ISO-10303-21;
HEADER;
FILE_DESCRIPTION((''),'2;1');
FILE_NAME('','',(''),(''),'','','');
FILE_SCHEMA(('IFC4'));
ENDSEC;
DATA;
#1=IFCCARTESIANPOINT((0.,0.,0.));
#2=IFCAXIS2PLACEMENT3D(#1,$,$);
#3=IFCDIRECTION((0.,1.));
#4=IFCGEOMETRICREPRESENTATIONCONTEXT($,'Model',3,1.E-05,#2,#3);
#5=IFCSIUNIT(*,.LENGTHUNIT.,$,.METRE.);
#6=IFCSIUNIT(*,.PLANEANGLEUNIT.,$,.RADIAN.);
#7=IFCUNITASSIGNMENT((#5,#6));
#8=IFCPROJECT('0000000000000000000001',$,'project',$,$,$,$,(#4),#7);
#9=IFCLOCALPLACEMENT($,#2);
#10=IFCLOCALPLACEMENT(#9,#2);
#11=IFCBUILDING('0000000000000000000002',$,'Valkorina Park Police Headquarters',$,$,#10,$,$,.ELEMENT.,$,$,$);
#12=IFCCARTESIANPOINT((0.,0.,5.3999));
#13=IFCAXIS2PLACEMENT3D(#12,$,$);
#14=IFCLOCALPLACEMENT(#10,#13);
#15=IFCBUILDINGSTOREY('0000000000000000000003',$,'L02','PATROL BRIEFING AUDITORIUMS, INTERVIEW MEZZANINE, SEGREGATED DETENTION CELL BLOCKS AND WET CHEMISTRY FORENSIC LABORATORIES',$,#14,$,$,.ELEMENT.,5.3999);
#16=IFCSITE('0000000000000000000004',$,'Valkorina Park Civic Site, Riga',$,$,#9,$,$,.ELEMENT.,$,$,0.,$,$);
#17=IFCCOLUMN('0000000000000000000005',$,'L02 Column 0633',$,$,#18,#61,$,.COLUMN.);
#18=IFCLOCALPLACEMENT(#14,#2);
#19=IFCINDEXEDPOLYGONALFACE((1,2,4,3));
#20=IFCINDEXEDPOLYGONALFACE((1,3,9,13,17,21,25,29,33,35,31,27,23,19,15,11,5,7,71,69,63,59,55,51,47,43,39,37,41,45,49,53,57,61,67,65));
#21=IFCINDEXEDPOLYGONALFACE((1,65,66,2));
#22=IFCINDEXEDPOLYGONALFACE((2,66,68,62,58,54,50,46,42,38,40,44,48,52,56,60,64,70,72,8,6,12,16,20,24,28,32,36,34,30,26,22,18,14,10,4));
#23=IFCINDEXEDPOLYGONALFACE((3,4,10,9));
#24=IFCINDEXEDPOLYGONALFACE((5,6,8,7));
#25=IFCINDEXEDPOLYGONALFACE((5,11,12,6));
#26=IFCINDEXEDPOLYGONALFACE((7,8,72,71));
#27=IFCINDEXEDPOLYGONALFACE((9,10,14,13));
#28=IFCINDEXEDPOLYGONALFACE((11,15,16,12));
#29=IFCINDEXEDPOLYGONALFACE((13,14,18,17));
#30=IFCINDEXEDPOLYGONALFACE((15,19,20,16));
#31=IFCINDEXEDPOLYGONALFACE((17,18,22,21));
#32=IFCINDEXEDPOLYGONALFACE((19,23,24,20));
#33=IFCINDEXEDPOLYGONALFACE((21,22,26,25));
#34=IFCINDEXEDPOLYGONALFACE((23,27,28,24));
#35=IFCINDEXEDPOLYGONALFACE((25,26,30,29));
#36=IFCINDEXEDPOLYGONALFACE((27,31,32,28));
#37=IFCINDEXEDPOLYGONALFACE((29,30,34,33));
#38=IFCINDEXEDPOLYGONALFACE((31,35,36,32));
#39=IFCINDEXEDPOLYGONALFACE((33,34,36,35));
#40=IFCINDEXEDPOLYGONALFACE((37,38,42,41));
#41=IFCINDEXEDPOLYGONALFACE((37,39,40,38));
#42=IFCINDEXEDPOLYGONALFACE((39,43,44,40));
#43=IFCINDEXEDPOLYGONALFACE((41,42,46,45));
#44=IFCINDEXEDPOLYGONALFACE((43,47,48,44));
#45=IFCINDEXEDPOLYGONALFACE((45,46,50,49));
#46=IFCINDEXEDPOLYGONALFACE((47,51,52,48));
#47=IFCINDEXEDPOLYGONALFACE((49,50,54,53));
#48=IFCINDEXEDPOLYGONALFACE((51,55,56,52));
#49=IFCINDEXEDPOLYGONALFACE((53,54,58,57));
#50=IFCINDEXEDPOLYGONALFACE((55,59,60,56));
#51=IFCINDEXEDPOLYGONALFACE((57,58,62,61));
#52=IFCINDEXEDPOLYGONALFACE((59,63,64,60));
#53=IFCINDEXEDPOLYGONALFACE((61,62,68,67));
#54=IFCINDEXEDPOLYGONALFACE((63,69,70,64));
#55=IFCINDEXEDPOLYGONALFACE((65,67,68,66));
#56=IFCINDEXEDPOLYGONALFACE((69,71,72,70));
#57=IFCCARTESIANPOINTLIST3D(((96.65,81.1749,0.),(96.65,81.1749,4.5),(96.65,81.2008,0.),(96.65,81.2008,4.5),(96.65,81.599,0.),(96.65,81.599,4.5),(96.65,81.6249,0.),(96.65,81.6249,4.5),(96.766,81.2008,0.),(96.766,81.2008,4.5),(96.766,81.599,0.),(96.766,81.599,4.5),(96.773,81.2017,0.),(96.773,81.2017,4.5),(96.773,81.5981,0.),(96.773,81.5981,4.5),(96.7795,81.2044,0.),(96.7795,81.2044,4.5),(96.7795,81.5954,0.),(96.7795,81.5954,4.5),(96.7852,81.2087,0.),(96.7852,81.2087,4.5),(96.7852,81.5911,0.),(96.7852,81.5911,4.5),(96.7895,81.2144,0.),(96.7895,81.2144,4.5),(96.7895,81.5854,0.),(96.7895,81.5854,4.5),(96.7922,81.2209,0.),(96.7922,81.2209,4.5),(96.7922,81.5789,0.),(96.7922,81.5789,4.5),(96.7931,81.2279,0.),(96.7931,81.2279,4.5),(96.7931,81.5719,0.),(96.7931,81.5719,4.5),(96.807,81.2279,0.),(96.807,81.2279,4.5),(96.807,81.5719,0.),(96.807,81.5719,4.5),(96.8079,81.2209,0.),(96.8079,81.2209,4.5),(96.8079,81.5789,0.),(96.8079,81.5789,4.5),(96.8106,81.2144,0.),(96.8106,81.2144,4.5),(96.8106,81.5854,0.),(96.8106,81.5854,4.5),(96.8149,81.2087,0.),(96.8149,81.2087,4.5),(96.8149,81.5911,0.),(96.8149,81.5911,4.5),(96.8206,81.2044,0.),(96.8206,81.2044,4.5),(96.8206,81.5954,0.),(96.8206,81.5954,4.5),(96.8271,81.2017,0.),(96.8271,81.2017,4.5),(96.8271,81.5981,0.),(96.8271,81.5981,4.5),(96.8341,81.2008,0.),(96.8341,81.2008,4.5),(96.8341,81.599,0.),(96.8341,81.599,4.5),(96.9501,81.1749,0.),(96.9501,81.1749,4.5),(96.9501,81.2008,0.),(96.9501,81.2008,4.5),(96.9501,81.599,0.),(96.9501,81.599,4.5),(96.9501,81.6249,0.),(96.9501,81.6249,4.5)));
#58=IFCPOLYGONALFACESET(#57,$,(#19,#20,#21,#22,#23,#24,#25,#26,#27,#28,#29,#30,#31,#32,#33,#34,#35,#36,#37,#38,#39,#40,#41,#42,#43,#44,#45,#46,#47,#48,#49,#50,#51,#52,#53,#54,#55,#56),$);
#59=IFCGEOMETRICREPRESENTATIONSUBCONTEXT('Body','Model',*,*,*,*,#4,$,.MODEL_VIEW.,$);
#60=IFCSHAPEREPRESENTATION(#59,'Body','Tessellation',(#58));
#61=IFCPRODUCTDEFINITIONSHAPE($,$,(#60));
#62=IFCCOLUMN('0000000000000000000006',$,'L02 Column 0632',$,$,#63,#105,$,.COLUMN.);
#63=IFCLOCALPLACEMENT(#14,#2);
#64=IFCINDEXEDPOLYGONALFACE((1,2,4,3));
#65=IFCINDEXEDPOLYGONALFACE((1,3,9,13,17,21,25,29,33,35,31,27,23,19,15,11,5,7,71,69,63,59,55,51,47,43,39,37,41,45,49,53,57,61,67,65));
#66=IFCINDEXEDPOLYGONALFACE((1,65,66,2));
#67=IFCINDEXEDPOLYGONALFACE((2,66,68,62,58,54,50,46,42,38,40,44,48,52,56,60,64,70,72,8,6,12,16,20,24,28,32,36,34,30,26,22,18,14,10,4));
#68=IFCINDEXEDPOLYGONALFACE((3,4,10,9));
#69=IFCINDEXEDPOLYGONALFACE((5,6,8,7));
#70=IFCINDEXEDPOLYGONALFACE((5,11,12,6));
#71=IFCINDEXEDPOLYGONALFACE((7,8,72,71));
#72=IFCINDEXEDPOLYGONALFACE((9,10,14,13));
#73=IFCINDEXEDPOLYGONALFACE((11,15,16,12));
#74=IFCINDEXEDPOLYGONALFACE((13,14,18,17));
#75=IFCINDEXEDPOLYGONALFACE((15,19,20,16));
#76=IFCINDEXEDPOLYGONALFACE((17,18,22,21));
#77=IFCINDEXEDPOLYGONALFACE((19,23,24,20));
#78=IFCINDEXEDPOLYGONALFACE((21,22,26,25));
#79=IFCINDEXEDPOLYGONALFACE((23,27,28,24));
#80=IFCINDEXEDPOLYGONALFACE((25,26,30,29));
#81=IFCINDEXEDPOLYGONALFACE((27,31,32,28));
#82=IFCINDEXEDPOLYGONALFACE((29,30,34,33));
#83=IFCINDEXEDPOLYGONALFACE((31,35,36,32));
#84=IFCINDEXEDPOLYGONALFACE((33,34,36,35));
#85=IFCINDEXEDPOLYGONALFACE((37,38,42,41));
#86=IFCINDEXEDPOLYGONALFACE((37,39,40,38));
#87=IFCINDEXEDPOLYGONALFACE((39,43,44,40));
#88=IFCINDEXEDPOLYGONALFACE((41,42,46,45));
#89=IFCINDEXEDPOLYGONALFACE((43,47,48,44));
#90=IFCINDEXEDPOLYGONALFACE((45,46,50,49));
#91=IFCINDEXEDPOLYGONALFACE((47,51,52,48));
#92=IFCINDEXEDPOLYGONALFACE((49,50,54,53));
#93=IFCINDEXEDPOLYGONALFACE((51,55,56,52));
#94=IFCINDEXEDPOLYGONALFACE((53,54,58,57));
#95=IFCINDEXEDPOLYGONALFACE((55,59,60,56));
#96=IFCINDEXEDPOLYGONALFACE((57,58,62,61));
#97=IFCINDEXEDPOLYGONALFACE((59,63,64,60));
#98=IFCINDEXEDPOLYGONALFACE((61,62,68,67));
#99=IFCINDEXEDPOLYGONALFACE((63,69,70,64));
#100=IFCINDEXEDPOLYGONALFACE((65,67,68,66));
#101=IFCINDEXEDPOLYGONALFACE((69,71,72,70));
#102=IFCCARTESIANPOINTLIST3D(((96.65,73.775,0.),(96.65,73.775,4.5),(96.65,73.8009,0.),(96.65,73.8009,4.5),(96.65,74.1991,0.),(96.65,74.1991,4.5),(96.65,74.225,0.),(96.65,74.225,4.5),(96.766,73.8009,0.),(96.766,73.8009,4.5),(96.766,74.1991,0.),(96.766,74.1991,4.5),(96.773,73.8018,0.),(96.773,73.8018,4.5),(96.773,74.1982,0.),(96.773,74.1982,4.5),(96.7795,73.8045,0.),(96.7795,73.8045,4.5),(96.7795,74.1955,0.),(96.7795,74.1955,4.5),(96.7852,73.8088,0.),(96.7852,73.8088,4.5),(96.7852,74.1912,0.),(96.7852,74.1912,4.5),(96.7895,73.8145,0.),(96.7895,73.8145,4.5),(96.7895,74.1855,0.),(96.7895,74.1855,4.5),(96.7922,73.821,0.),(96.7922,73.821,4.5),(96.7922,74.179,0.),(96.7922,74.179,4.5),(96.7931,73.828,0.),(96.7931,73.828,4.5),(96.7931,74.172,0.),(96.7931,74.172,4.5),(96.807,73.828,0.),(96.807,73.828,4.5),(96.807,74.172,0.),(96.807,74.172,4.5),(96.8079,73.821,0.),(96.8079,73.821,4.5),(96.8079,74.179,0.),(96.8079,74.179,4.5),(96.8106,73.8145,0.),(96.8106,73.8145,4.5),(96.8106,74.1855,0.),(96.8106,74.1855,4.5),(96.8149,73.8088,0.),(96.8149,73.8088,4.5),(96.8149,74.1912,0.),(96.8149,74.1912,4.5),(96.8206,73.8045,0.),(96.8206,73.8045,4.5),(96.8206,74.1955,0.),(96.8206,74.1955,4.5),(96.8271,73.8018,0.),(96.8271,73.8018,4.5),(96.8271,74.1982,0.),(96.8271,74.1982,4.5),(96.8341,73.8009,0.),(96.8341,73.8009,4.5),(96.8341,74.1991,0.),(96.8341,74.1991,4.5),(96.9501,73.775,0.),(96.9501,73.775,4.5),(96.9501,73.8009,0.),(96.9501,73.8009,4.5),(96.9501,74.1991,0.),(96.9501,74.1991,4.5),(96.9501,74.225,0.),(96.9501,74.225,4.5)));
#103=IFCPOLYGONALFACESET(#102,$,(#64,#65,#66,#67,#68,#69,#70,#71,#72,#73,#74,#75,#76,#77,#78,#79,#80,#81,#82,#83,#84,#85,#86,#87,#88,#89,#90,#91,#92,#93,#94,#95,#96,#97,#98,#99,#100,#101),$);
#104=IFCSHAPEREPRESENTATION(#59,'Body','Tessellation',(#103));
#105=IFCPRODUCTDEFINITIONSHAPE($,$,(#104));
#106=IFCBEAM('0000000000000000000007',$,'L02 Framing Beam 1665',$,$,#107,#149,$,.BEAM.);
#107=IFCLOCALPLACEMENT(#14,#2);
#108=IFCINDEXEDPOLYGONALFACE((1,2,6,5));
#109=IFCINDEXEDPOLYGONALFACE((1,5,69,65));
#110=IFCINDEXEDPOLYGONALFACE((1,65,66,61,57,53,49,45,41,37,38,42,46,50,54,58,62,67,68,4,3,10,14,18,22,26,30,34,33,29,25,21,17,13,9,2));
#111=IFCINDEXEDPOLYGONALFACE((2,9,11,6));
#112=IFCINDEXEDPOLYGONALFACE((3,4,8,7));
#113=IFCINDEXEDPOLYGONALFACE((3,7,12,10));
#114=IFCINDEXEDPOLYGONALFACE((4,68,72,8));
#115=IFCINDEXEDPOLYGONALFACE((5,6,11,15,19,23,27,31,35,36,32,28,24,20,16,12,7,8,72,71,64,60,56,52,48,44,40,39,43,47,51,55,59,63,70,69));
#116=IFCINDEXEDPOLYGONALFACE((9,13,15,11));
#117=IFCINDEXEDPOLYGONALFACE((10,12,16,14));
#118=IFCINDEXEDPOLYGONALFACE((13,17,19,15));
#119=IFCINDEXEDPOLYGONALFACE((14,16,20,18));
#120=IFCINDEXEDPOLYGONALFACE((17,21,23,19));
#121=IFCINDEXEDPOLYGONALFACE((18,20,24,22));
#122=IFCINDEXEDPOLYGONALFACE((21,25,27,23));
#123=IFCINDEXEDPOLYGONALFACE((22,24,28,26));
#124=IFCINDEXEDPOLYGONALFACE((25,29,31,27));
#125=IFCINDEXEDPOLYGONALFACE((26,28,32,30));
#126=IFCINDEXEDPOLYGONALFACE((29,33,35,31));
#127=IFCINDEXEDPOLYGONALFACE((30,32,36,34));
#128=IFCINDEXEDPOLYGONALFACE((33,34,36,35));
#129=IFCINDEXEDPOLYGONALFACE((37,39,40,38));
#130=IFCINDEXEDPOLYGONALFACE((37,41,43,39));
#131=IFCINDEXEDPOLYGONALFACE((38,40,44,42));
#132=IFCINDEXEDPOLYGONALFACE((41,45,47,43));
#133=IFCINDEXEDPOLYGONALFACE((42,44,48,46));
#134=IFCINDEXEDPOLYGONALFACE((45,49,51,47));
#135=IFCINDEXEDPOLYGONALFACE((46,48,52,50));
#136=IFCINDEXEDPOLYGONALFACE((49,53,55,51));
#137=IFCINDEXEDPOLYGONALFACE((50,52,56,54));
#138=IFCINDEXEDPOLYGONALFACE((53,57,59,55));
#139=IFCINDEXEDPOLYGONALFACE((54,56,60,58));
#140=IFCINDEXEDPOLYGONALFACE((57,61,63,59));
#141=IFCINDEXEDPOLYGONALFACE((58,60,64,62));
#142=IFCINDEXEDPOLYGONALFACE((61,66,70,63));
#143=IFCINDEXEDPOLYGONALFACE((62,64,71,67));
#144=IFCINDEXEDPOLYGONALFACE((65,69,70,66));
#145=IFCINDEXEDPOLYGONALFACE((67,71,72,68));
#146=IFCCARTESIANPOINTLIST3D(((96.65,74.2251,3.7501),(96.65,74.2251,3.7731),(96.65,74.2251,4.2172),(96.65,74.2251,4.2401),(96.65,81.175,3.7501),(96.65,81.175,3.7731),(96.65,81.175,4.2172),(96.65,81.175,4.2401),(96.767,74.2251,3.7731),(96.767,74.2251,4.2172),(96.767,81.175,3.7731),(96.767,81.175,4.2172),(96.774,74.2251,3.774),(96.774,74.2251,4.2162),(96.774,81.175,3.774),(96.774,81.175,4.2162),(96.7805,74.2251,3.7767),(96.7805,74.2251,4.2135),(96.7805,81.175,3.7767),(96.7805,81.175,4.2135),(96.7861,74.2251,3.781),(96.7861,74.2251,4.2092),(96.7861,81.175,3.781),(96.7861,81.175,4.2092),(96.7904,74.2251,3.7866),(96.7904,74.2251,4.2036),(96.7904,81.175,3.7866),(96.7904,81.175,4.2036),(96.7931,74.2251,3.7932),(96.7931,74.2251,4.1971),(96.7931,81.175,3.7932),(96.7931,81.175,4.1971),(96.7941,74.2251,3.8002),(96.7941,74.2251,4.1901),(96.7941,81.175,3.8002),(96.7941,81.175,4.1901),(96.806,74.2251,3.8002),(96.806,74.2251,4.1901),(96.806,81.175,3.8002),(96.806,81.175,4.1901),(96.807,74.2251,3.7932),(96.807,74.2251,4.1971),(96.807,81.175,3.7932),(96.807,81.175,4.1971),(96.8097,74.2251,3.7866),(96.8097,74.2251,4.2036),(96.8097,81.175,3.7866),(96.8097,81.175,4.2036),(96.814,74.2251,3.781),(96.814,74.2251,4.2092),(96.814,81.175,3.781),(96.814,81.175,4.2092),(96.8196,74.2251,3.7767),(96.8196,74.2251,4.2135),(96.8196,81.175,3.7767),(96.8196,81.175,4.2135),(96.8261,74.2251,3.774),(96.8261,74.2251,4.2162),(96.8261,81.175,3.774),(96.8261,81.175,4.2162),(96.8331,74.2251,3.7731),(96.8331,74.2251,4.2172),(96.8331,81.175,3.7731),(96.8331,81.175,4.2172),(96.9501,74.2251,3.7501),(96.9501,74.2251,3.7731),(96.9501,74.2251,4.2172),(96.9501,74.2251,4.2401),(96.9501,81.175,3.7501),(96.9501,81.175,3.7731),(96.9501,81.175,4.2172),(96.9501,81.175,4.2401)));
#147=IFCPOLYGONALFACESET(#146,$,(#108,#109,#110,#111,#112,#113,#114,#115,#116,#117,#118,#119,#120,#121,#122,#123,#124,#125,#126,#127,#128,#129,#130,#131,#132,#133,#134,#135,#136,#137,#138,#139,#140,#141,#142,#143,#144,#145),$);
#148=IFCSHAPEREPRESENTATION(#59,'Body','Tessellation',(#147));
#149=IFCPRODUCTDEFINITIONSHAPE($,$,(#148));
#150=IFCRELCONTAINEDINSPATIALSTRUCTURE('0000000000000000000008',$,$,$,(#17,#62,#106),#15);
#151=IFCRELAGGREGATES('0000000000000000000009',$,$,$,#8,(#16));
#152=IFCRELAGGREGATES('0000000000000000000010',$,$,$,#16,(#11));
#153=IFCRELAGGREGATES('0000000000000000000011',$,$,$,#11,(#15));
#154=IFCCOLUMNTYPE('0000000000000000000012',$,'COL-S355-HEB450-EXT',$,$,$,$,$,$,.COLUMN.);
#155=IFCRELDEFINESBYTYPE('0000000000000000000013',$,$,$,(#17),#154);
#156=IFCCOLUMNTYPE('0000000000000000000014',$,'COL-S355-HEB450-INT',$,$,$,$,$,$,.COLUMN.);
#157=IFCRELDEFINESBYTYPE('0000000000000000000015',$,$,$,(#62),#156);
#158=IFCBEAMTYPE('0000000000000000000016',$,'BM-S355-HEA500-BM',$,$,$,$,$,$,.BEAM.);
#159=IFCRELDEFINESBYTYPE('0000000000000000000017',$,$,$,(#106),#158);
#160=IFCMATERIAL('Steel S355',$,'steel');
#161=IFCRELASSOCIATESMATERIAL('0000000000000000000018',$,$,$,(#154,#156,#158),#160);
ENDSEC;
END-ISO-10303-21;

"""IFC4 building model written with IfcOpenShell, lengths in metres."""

from ifc_helpers import new_model, si_unit, direction, frame, origin, origin_2d, place, context, subcontext, project, spatial, i_section, extrude, material, material_profile, profile_set, type_object, element, save


model = new_model("IFC4")

# Units and contexts
model_context = context("Model", 3, precision=1e-05, world=origin(), true_north=direction((0.0, 1.0)))
body_context = subcontext(model_context, "Body", "Model", "MODEL_VIEW")
ifc_project = project(units=[si_unit("LENGTHUNIT", "METRE"), si_unit("PLANEANGLEUNIT", "RADIAN")], contexts=[model_context])

# Site, building, storey
site_placement = place(None, origin())
site = spatial("IfcSite", under=ifc_project, at=site_placement, Name="Valkorina Park Civic Site, Riga", CompositionType="ELEMENT", RefElevation=0.0)
building_placement = place(site_placement, origin())
building = spatial("IfcBuilding", under=site, at=building_placement, Name="Valkorina Park Police Headquarters", CompositionType="ELEMENT")
storey_placement = place(building_placement, frame((0.0, 0.0, 5.3999)))
storey = spatial("IfcBuildingStorey", under=building, at=storey_placement, Name="L02", Description="PATROL BRIEFING AUDITORIUMS, INTERVIEW MEZZANINE, SEGREGATED DETENTION CELL BLOCKS AND WET CHEMISTRY FORENSIC LABORATORIES", CompositionType="ELEMENT", Elevation=5.3999)

# Columns
ifc_material_1 = material(Name="Steel S355", Category="steel")
ifc_material_profile_1 = material_profile(ifc_material_1, i_section(OverallWidth=0.3, OverallDepth=0.45, WebThickness=0.0139, FlangeThickness=0.0259, FilletRadius=0.0271, at=origin_2d()), Name="HEB 450")
ifc_profile_set_1 = profile_set([ifc_material_profile_1], Name="Steel S355")
column_type_1 = type_object("IfcColumnType", Name="COL-S355-HEB450-EXT", PredefinedType="COLUMN", material=ifc_profile_set_1)
column_1_placement = place(storey_placement, frame((96.8, 81.3999, 0.0), z_axis=(0.0, 0.0, 1.0), x_axis=(1.0, 0.0, 0.0)))
element("IfcColumn", 1, at=column_1_placement, inside=storey, type_object=column_type_1, Name="L02 Column 0633", PredefinedType="COLUMN", context=body_context, shape_type="SweptSolid", body=[
    extrude(i_section(OverallWidth=0.3, OverallDepth=0.45, WebThickness=0.0139, FlangeThickness=0.0259, FilletRadius=0.0271, at=origin_2d()), origin(), (0.0, 0.0, 1.0), 4.5),
])
ifc_material_profile_2 = material_profile(ifc_material_1, i_section(OverallWidth=0.3, OverallDepth=0.45, WebThickness=0.0139, FlangeThickness=0.0259, FilletRadius=0.0271, at=origin_2d()), Name="HEB 450")
ifc_profile_set_2 = profile_set([ifc_material_profile_2], Name="Steel S355")
column_type_2 = type_object("IfcColumnType", Name="COL-S355-HEB450-INT", PredefinedType="COLUMN", material=ifc_profile_set_2)
column_2_placement = place(storey_placement, frame((96.8, 74.0, 0.0), z_axis=(0.0, 0.0, 1.0), x_axis=(1.0, 0.0, 0.0)))
element("IfcColumn", 2, at=column_2_placement, inside=storey, type_object=column_type_2, Name="L02 Column 0632", PredefinedType="COLUMN", context=body_context, shape_type="SweptSolid", body=[
    extrude(i_section(OverallWidth=0.3, OverallDepth=0.45, WebThickness=0.0139, FlangeThickness=0.0259, FilletRadius=0.0271, at=origin_2d()), origin(), (0.0, 0.0, 1.0), 4.5),
])

# Beam
ifc_material_profile_3 = material_profile(ifc_material_1, i_section(OverallWidth=0.3, OverallDepth=0.49, WebThickness=0.012, FlangeThickness=0.0229, FilletRadius=0.0271, at=origin_2d()), Name="HEA 500")
ifc_profile_set_3 = profile_set([ifc_material_profile_3], Name="Steel S355")
beam_type_1 = type_object("IfcBeamType", Name="BM-S355-HEA500-BM", PredefinedType="BEAM", material=ifc_profile_set_3)
beam_1_placement = place(storey_placement, frame((96.8, 74.2251, 3.9951), z_axis=(0.0, 1.0, 0.0), x_axis=(-1.0, 0.0, 0.0)))
element("IfcBeam", 3, at=beam_1_placement, inside=storey, type_object=beam_type_1, Name="L02 Framing Beam 1665", PredefinedType="BEAM", context=body_context, shape_type="SweptSolid", body=[
    extrude(i_section(OverallWidth=0.3, OverallDepth=0.49, WebThickness=0.012, FlangeThickness=0.0229, FilletRadius=0.0271, at=origin_2d()), origin(), (0.0, 0.0, 1.0), 6.95),
])

save(model, "model.ifc")
